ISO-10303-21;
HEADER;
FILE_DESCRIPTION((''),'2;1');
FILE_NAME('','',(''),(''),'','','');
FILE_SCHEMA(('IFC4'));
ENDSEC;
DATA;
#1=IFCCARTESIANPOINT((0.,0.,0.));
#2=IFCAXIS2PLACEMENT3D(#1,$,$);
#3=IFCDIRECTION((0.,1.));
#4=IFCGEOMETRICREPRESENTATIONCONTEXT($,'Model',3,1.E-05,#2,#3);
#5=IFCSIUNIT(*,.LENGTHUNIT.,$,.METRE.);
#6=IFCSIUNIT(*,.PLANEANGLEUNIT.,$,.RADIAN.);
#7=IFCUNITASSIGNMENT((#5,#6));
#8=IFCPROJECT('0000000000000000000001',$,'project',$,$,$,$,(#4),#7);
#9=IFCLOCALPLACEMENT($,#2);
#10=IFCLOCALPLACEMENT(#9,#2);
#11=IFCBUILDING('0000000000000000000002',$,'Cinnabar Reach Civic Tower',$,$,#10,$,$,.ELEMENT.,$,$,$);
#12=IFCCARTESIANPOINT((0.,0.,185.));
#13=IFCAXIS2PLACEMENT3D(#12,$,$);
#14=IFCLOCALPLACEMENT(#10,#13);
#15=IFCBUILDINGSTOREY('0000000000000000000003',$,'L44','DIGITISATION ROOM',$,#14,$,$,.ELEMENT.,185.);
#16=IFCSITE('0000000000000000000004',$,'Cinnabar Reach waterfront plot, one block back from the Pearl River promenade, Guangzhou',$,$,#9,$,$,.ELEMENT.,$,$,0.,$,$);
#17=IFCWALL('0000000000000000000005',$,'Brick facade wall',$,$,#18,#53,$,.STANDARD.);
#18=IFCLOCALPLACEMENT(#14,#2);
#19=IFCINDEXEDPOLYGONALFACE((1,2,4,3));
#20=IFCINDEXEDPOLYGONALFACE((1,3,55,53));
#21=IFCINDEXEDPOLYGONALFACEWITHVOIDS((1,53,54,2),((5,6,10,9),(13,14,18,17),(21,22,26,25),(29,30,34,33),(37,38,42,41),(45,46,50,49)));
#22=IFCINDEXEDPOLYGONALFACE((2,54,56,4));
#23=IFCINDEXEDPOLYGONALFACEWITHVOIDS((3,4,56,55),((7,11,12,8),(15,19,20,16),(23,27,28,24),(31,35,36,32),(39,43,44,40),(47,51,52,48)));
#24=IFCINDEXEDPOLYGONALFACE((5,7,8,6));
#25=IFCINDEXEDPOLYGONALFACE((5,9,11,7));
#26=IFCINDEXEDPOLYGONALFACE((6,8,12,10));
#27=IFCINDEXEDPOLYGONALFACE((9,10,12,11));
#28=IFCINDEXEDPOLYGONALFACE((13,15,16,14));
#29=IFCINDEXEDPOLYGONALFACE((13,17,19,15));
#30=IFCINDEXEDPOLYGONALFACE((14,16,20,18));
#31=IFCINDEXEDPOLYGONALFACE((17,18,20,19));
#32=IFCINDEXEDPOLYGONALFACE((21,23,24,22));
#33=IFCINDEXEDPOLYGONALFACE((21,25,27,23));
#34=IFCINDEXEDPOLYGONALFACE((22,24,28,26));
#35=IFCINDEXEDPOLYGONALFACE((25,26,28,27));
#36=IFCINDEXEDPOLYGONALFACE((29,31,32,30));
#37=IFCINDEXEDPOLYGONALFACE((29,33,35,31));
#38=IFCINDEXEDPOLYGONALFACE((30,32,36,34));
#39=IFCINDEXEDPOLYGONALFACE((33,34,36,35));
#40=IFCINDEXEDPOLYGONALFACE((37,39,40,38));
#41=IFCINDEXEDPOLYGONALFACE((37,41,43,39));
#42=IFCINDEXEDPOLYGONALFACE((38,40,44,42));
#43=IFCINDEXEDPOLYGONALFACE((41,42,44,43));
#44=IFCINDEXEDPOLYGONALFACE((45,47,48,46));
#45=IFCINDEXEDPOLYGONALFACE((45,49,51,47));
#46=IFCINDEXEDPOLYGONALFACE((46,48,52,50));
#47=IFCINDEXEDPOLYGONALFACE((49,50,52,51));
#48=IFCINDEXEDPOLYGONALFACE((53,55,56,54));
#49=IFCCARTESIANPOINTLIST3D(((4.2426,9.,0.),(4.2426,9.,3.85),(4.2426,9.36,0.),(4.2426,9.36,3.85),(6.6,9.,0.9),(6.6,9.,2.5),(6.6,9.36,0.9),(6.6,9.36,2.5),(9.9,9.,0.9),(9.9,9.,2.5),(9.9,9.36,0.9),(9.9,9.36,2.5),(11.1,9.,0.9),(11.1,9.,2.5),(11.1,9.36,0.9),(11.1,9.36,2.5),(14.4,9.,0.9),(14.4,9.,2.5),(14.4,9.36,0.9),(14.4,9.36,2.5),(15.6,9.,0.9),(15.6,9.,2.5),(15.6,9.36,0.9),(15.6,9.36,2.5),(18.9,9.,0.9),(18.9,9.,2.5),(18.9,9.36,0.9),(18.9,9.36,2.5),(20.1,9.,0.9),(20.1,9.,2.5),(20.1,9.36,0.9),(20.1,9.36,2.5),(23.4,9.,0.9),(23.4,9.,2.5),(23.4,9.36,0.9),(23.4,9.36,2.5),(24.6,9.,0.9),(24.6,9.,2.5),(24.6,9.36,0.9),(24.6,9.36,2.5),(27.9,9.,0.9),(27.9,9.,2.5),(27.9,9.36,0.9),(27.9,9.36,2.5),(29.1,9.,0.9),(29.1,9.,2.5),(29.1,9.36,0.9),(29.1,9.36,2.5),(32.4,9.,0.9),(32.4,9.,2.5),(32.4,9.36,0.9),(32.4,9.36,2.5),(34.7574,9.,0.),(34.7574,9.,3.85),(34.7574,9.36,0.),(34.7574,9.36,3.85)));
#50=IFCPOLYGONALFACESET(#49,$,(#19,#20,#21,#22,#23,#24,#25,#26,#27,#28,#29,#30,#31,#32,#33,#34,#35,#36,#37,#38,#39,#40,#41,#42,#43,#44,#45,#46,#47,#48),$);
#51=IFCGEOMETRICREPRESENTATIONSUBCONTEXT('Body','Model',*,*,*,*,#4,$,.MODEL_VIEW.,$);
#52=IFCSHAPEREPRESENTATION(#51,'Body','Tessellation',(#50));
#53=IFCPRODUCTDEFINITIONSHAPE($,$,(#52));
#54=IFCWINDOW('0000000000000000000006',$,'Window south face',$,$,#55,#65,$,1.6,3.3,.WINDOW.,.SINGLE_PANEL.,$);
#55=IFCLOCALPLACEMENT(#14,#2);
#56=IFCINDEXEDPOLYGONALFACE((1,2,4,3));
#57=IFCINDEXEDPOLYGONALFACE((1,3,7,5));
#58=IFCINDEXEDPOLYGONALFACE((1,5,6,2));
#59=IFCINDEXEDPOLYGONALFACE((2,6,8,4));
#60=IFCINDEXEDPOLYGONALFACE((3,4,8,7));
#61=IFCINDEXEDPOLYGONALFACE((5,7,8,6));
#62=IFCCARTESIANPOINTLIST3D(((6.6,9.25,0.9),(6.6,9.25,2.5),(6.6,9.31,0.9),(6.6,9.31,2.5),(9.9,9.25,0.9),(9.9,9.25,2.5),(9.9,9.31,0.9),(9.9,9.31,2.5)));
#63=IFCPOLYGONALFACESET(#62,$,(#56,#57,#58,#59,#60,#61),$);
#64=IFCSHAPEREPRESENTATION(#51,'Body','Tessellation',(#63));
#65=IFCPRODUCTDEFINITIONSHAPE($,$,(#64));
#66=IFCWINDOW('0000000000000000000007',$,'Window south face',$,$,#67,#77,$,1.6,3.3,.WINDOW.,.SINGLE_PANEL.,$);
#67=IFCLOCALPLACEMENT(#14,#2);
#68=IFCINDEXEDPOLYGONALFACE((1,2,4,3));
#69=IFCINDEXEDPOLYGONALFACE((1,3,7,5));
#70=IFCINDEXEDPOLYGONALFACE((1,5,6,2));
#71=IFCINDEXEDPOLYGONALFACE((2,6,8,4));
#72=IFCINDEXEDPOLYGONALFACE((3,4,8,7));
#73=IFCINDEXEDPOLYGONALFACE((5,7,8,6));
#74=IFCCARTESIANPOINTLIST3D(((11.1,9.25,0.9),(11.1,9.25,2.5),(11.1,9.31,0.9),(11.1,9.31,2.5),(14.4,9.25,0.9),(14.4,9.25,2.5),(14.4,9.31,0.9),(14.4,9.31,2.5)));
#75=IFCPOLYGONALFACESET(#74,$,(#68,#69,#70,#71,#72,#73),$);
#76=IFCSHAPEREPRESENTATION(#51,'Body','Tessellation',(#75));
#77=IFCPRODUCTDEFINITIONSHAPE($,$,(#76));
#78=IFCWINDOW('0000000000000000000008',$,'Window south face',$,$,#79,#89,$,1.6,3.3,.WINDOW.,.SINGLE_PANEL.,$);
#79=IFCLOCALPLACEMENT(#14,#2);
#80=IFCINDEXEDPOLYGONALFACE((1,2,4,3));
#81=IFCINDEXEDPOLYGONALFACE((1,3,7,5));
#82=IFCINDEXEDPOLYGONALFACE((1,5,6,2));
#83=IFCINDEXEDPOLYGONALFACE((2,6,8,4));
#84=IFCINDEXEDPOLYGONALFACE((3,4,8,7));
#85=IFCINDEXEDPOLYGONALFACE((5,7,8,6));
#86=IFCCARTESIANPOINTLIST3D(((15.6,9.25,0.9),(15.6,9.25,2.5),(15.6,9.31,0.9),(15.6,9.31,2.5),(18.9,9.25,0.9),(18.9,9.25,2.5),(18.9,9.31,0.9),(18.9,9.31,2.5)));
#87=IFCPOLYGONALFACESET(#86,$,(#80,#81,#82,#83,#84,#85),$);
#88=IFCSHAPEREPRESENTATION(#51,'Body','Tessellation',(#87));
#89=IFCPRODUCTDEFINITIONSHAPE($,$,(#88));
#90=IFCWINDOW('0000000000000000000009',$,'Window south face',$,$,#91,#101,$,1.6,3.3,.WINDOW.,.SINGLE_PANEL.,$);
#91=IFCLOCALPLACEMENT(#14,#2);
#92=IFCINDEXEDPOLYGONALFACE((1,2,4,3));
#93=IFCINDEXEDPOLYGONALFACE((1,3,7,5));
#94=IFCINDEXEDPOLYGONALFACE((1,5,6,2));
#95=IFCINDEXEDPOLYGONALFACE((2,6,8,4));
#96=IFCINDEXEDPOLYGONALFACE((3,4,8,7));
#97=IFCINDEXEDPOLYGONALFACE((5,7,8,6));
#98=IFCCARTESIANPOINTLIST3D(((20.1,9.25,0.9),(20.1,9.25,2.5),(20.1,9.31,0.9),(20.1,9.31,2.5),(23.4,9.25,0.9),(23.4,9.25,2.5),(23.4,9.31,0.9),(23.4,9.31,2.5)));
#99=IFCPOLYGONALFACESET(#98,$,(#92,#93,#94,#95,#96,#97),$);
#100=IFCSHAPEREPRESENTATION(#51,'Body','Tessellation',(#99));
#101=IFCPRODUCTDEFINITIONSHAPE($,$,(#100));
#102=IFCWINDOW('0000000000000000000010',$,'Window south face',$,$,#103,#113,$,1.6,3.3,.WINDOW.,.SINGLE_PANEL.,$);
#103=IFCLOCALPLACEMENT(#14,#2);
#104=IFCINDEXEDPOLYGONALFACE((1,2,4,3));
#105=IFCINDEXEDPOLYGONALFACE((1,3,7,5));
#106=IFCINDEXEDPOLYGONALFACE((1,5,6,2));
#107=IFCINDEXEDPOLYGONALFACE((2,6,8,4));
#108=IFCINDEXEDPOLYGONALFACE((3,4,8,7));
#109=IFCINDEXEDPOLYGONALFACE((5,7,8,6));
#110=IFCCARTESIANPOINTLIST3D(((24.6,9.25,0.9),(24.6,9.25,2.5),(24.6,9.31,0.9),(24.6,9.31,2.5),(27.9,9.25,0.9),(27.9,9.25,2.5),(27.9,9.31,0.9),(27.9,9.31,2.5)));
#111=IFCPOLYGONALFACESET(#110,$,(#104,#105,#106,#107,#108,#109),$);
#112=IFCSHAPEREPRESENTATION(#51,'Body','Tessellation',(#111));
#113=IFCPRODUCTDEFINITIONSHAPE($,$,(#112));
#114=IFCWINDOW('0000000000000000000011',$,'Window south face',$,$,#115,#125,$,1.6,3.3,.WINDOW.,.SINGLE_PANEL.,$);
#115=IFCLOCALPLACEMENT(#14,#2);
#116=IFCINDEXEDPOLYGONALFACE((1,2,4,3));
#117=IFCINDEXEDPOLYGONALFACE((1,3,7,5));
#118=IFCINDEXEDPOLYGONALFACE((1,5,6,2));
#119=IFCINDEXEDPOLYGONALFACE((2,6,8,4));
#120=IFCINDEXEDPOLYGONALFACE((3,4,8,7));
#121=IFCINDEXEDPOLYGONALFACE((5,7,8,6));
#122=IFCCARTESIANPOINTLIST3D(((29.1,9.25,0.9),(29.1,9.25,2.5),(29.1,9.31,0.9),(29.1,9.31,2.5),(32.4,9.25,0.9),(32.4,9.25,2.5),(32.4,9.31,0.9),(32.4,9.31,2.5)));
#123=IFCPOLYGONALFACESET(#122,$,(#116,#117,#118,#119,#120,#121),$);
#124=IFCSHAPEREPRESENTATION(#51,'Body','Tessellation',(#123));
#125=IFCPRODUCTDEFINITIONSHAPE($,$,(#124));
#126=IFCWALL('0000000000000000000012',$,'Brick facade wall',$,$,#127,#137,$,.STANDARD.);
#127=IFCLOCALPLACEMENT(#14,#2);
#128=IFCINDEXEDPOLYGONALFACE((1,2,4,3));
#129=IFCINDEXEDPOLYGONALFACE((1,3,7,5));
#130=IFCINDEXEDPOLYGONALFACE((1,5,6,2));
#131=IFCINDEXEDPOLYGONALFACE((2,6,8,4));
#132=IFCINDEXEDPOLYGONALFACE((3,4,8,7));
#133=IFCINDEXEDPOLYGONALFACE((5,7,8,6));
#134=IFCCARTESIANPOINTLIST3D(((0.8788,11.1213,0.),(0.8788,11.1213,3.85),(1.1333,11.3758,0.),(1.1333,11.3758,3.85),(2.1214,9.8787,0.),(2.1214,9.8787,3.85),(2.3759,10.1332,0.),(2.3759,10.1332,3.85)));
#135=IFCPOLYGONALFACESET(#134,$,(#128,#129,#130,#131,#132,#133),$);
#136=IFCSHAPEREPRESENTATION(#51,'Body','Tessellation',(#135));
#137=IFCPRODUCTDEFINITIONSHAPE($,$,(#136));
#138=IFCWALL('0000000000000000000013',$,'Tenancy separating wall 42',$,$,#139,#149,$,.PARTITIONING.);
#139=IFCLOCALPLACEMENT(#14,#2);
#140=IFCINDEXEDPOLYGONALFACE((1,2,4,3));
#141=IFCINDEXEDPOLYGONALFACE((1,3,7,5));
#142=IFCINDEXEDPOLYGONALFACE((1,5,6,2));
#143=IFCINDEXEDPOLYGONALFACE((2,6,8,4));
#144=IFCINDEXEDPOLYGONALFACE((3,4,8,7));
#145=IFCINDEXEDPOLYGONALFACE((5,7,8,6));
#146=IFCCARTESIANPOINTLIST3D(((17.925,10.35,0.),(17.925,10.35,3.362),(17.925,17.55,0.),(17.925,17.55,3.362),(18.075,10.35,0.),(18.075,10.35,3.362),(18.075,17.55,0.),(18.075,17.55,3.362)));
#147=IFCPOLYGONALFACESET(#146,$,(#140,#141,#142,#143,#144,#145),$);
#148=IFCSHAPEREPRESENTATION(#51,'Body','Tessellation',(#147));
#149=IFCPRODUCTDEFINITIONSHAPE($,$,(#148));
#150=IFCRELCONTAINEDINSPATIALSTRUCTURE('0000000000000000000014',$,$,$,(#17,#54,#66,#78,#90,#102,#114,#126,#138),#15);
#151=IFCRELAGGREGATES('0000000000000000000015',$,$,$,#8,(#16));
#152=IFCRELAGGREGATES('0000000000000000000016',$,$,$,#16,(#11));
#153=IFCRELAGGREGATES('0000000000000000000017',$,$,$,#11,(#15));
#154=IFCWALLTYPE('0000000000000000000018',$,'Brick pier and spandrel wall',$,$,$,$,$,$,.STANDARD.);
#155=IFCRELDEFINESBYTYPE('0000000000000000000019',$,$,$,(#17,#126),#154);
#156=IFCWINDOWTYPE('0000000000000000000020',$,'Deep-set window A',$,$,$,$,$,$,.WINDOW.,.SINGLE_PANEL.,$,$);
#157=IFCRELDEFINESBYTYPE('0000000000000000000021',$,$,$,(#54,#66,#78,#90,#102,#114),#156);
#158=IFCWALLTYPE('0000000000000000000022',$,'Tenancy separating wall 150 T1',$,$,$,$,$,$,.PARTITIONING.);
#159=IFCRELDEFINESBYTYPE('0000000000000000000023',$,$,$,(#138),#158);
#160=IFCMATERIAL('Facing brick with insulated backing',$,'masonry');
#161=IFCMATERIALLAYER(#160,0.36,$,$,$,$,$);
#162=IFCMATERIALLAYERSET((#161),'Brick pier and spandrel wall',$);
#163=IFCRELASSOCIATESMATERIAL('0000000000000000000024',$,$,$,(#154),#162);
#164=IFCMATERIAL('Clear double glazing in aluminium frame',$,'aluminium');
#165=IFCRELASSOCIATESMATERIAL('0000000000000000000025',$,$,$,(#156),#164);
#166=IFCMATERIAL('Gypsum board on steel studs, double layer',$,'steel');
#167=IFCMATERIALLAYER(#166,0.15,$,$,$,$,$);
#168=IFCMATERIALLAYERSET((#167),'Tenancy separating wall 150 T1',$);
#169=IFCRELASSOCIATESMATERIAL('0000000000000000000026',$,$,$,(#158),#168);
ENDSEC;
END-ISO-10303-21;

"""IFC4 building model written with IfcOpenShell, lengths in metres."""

from ifc_helpers import new_model, si_unit, direction, frame, frame_2d, origin, place, context, subcontext, project, spatial, rectangle, extrude, material, layer, layer_set, type_object, element, fill, save


model = new_model("IFC4")

# Units and contexts
model_context = context("Model", 3, precision=1e-05, world=origin(), true_north=direction((0.0, 1.0)))
body_context = subcontext(model_context, "Body", "Model", "MODEL_VIEW")
ifc_project = project(units=[si_unit("LENGTHUNIT", "METRE"), si_unit("PLANEANGLEUNIT", "RADIAN")], contexts=[model_context])

# Site, building, storey
site_placement = place(None, origin())
site = spatial("IfcSite", under=ifc_project, at=site_placement, Name="Cinnabar Reach waterfront plot, one block back from the Pearl River promenade, Guangzhou", CompositionType="ELEMENT", RefElevation=0.0)
building_placement = place(site_placement, origin())
building = spatial("IfcBuilding", under=site, at=building_placement, Name="Cinnabar Reach Civic Tower", CompositionType="ELEMENT")
storey_placement = place(building_placement, frame((0.0, 0.0, 185.0)))
storey = spatial("IfcBuildingStorey", under=building, at=storey_placement, Name="L44", Description="DIGITISATION ROOM", CompositionType="ELEMENT", Elevation=185.0)

# Shared definitions
ifc_material_1 = material(Name="Facing brick with insulated backing", Category="masonry")

# Wall, openings, windows
ifc_layer_1 = layer(ifc_material_1, 0.36)
ifc_layer_set_1 = layer_set([ifc_layer_1], Name="Brick pier and spandrel wall")
wall_type_1 = type_object("IfcWallType", Name="Brick pier and spandrel wall", PredefinedType="STANDARD", material=ifc_layer_set_1)
wall_1_placement = place(storey_placement, frame((4.2426, 9.18, 0.0), z_axis=(0.0, 0.0, 1.0), x_axis=(1.0, 0.0, 0.0)))
wall_1 = element("IfcWall", 1, at=wall_1_placement, inside=storey, type_object=wall_type_1, Name="Brick facade wall", PredefinedType="STANDARD", context=body_context, shape_type="SweptSolid", body=[
    extrude(rectangle(XDim=30.5148, YDim=0.36, at=frame_2d((15.2574, 0.0))), origin(), (0.0, 0.0, 1.0), 3.85),
])
opening_1_placement = place(wall_1_placement, frame((2.3574, 0.0, 0.9)))
opening_1 = element("IfcOpeningElement", 2, at=opening_1_placement, cuts=wall_1, PredefinedType="OPENING", context=body_context, shape_type="SweptSolid", body=[
    extrude(rectangle(XDim=3.3, YDim=1.6, at=frame_2d((1.65, 0.8))), frame((0.0, 0.19, 0.0), z_axis=(0.0, -1.0, 0.0), x_axis=(1.0, 0.0, 0.0)), (0.0, 0.0, 1.0), 0.38),
])
opening_2_placement = place(wall_1_placement, frame((6.8574, 0.0, 0.9)))
opening_2 = element("IfcOpeningElement", 3, at=opening_2_placement, cuts=wall_1, PredefinedType="OPENING", context=body_context, shape_type="SweptSolid", body=[
    extrude(rectangle(XDim=3.3, YDim=1.6, at=frame_2d((1.65, 0.8))), frame((0.0, 0.19, 0.0), z_axis=(0.0, -1.0, 0.0), x_axis=(1.0, 0.0, 0.0)), (0.0, 0.0, 1.0), 0.38),
])
opening_3_placement = place(wall_1_placement, frame((11.3574, 0.0, 0.9)))
opening_3 = element("IfcOpeningElement", 4, at=opening_3_placement, cuts=wall_1, PredefinedType="OPENING", context=body_context, shape_type="SweptSolid", body=[
    extrude(rectangle(XDim=3.3, YDim=1.6, at=frame_2d((1.65, 0.8))), frame((0.0, 0.19, 0.0), z_axis=(0.0, -1.0, 0.0), x_axis=(1.0, 0.0, 0.0)), (0.0, 0.0, 1.0), 0.38),
])
opening_4_placement = place(wall_1_placement, frame((15.8574, 0.0, 0.9)))
opening_4 = element("IfcOpeningElement", 5, at=opening_4_placement, cuts=wall_1, PredefinedType="OPENING", context=body_context, shape_type="SweptSolid", body=[
    extrude(rectangle(XDim=3.3, YDim=1.6, at=frame_2d((1.65, 0.8))), frame((0.0, 0.19, 0.0), z_axis=(0.0, -1.0, 0.0), x_axis=(1.0, 0.0, 0.0)), (0.0, 0.0, 1.0), 0.38),
])
opening_5_placement = place(wall_1_placement, frame((20.3574, 0.0, 0.9)))
opening_5 = element("IfcOpeningElement", 6, at=opening_5_placement, cuts=wall_1, PredefinedType="OPENING", context=body_context, shape_type="SweptSolid", body=[
    extrude(rectangle(XDim=3.3, YDim=1.6, at=frame_2d((1.65, 0.8))), frame((0.0, 0.19, 0.0), z_axis=(0.0, -1.0, 0.0), x_axis=(1.0, 0.0, 0.0)), (0.0, 0.0, 1.0), 0.38),
])
opening_6_placement = place(wall_1_placement, frame((24.8574, 0.0, 0.9)))
opening_6 = element("IfcOpeningElement", 7, at=opening_6_placement, cuts=wall_1, PredefinedType="OPENING", context=body_context, shape_type="SweptSolid", body=[
    extrude(rectangle(XDim=3.3, YDim=1.6, at=frame_2d((1.65, 0.8))), frame((0.0, 0.19, 0.0), z_axis=(0.0, -1.0, 0.0), x_axis=(1.0, 0.0, 0.0)), (0.0, 0.0, 1.0), 0.38),
])
ifc_material_2 = material(Name="Clear double glazing in aluminium frame", Category="aluminium")
window_type = type_object("IfcWindowType", Name="Deep-set window A", PartitioningType="SINGLE_PANEL", PredefinedType="WINDOW", material=ifc_material_2)
window_1_placement = place(opening_1_placement, origin())
window_1 = element("IfcWindow", 8, at=window_1_placement, inside=storey, type_object=window_type, Name="Window south face", OverallHeight=1.6, OverallWidth=3.3, PartitioningType="SINGLE_PANEL", PredefinedType="WINDOW", context=body_context, shape_type="SweptSolid", body=[
    extrude(rectangle(XDim=3.3, YDim=1.6, at=frame_2d((1.65, 0.8))), frame((0.0, 0.13, 0.0), z_axis=(0.0, -1.0, 0.0), x_axis=(1.0, 0.0, 0.0)), (0.0, 0.0, 1.0), 0.06),
])
fill(opening_1, window_1)
window_2_placement = place(opening_2_placement, origin())
window_2 = element("IfcWindow", 9, at=window_2_placement, inside=storey, type_object=window_type, Name="Window south face", OverallHeight=1.6, OverallWidth=3.3, PartitioningType="SINGLE_PANEL", PredefinedType="WINDOW", context=body_context, shape_type="SweptSolid", body=[
    extrude(rectangle(XDim=3.3, YDim=1.6, at=frame_2d((1.65, 0.8))), frame((0.0, 0.13, 0.0), z_axis=(0.0, -1.0, 0.0), x_axis=(1.0, 0.0, 0.0)), (0.0, 0.0, 1.0), 0.06),
])
fill(opening_2, window_2)
window_3_placement = place(opening_3_placement, origin())
window_3 = element("IfcWindow", 10, at=window_3_placement, inside=storey, type_object=window_type, Name="Window south face", OverallHeight=1.6, OverallWidth=3.3, PartitioningType="SINGLE_PANEL", PredefinedType="WINDOW", context=body_context, shape_type="SweptSolid", body=[
    extrude(rectangle(XDim=3.3, YDim=1.6, at=frame_2d((1.65, 0.8))), frame((0.0, 0.13, 0.0), z_axis=(0.0, -1.0, 0.0), x_axis=(1.0, 0.0, 0.0)), (0.0, 0.0, 1.0), 0.06),
])
fill(opening_3, window_3)
window_4_placement = place(opening_4_placement, origin())
window_4 = element("IfcWindow", 11, at=window_4_placement, inside=storey, type_object=window_type, Name="Window south face", OverallHeight=1.6, OverallWidth=3.3, PartitioningType="SINGLE_PANEL", PredefinedType="WINDOW", context=body_context, shape_type="SweptSolid", body=[
    extrude(rectangle(XDim=3.3, YDim=1.6, at=frame_2d((1.65, 0.8))), frame((0.0, 0.13, 0.0), z_axis=(0.0, -1.0, 0.0), x_axis=(1.0, 0.0, 0.0)), (0.0, 0.0, 1.0), 0.06),
])
fill(opening_4, window_4)
window_5_placement = place(opening_5_placement, origin())
window_5 = element("IfcWindow", 12, at=window_5_placement, inside=storey, type_object=window_type, Name="Window south face", OverallHeight=1.6, OverallWidth=3.3, PartitioningType="SINGLE_PANEL", PredefinedType="WINDOW", context=body_context, shape_type="SweptSolid", body=[
    extrude(rectangle(XDim=3.3, YDim=1.6, at=frame_2d((1.65, 0.8))), frame((0.0, 0.13, 0.0), z_axis=(0.0, -1.0, 0.0), x_axis=(1.0, 0.0, 0.0)), (0.0, 0.0, 1.0), 0.06),
])
fill(opening_5, window_5)
window_6_placement = place(opening_6_placement, origin())
window_6 = element("IfcWindow", 13, at=window_6_placement, inside=storey, type_object=window_type, Name="Window south face", OverallHeight=1.6, OverallWidth=3.3, PartitioningType="SINGLE_PANEL", PredefinedType="WINDOW", context=body_context, shape_type="SweptSolid", body=[
    extrude(rectangle(XDim=3.3, YDim=1.6, at=frame_2d((1.65, 0.8))), frame((0.0, 0.13, 0.0), z_axis=(0.0, -1.0, 0.0), x_axis=(1.0, 0.0, 0.0)), (0.0, 0.0, 1.0), 0.06),
])
fill(opening_6, window_6)

# Walls
wall_2_placement = place(storey_placement, frame((1.006, 11.2486, 0.0), z_axis=(0.0, 0.0, 1.0), x_axis=(0.707107, -0.707107, 0.0)))
element("IfcWall", 14, at=wall_2_placement, inside=storey, type_object=wall_type_1, Name="Brick facade wall", PredefinedType="STANDARD", context=body_context, shape_type="SweptSolid", body=[
    extrude(rectangle(XDim=1.7573, YDim=0.36, at=frame_2d((0.8787, 0.0))), origin(), (0.0, 0.0, 1.0), 3.85),
])
ifc_material_3 = material(Name="Gypsum board on steel studs, double layer", Category="steel")
ifc_layer_2 = layer(ifc_material_3, 0.15)
ifc_layer_set_2 = layer_set([ifc_layer_2], Name="Tenancy separating wall 150 T1")
wall_type_2 = type_object("IfcWallType", Name="Tenancy separating wall 150 T1", PredefinedType="PARTITIONING", material=ifc_layer_set_2)
wall_3_placement = place(storey_placement, frame((18.0, 10.35, 0.0), z_axis=(0.0, 0.0, 1.0), x_axis=(0.0, 1.0, 0.0)))
element("IfcWall", 15, at=wall_3_placement, inside=storey, type_object=wall_type_2, Name="Tenancy separating wall 42", PredefinedType="PARTITIONING", context=body_context, shape_type="SweptSolid", body=[
    extrude(rectangle(XDim=7.2, YDim=0.15, at=frame_2d((3.6, 0.0))), origin(), (0.0, 0.0, 1.0), 3.362),
])

save(model, "model.ifc")
